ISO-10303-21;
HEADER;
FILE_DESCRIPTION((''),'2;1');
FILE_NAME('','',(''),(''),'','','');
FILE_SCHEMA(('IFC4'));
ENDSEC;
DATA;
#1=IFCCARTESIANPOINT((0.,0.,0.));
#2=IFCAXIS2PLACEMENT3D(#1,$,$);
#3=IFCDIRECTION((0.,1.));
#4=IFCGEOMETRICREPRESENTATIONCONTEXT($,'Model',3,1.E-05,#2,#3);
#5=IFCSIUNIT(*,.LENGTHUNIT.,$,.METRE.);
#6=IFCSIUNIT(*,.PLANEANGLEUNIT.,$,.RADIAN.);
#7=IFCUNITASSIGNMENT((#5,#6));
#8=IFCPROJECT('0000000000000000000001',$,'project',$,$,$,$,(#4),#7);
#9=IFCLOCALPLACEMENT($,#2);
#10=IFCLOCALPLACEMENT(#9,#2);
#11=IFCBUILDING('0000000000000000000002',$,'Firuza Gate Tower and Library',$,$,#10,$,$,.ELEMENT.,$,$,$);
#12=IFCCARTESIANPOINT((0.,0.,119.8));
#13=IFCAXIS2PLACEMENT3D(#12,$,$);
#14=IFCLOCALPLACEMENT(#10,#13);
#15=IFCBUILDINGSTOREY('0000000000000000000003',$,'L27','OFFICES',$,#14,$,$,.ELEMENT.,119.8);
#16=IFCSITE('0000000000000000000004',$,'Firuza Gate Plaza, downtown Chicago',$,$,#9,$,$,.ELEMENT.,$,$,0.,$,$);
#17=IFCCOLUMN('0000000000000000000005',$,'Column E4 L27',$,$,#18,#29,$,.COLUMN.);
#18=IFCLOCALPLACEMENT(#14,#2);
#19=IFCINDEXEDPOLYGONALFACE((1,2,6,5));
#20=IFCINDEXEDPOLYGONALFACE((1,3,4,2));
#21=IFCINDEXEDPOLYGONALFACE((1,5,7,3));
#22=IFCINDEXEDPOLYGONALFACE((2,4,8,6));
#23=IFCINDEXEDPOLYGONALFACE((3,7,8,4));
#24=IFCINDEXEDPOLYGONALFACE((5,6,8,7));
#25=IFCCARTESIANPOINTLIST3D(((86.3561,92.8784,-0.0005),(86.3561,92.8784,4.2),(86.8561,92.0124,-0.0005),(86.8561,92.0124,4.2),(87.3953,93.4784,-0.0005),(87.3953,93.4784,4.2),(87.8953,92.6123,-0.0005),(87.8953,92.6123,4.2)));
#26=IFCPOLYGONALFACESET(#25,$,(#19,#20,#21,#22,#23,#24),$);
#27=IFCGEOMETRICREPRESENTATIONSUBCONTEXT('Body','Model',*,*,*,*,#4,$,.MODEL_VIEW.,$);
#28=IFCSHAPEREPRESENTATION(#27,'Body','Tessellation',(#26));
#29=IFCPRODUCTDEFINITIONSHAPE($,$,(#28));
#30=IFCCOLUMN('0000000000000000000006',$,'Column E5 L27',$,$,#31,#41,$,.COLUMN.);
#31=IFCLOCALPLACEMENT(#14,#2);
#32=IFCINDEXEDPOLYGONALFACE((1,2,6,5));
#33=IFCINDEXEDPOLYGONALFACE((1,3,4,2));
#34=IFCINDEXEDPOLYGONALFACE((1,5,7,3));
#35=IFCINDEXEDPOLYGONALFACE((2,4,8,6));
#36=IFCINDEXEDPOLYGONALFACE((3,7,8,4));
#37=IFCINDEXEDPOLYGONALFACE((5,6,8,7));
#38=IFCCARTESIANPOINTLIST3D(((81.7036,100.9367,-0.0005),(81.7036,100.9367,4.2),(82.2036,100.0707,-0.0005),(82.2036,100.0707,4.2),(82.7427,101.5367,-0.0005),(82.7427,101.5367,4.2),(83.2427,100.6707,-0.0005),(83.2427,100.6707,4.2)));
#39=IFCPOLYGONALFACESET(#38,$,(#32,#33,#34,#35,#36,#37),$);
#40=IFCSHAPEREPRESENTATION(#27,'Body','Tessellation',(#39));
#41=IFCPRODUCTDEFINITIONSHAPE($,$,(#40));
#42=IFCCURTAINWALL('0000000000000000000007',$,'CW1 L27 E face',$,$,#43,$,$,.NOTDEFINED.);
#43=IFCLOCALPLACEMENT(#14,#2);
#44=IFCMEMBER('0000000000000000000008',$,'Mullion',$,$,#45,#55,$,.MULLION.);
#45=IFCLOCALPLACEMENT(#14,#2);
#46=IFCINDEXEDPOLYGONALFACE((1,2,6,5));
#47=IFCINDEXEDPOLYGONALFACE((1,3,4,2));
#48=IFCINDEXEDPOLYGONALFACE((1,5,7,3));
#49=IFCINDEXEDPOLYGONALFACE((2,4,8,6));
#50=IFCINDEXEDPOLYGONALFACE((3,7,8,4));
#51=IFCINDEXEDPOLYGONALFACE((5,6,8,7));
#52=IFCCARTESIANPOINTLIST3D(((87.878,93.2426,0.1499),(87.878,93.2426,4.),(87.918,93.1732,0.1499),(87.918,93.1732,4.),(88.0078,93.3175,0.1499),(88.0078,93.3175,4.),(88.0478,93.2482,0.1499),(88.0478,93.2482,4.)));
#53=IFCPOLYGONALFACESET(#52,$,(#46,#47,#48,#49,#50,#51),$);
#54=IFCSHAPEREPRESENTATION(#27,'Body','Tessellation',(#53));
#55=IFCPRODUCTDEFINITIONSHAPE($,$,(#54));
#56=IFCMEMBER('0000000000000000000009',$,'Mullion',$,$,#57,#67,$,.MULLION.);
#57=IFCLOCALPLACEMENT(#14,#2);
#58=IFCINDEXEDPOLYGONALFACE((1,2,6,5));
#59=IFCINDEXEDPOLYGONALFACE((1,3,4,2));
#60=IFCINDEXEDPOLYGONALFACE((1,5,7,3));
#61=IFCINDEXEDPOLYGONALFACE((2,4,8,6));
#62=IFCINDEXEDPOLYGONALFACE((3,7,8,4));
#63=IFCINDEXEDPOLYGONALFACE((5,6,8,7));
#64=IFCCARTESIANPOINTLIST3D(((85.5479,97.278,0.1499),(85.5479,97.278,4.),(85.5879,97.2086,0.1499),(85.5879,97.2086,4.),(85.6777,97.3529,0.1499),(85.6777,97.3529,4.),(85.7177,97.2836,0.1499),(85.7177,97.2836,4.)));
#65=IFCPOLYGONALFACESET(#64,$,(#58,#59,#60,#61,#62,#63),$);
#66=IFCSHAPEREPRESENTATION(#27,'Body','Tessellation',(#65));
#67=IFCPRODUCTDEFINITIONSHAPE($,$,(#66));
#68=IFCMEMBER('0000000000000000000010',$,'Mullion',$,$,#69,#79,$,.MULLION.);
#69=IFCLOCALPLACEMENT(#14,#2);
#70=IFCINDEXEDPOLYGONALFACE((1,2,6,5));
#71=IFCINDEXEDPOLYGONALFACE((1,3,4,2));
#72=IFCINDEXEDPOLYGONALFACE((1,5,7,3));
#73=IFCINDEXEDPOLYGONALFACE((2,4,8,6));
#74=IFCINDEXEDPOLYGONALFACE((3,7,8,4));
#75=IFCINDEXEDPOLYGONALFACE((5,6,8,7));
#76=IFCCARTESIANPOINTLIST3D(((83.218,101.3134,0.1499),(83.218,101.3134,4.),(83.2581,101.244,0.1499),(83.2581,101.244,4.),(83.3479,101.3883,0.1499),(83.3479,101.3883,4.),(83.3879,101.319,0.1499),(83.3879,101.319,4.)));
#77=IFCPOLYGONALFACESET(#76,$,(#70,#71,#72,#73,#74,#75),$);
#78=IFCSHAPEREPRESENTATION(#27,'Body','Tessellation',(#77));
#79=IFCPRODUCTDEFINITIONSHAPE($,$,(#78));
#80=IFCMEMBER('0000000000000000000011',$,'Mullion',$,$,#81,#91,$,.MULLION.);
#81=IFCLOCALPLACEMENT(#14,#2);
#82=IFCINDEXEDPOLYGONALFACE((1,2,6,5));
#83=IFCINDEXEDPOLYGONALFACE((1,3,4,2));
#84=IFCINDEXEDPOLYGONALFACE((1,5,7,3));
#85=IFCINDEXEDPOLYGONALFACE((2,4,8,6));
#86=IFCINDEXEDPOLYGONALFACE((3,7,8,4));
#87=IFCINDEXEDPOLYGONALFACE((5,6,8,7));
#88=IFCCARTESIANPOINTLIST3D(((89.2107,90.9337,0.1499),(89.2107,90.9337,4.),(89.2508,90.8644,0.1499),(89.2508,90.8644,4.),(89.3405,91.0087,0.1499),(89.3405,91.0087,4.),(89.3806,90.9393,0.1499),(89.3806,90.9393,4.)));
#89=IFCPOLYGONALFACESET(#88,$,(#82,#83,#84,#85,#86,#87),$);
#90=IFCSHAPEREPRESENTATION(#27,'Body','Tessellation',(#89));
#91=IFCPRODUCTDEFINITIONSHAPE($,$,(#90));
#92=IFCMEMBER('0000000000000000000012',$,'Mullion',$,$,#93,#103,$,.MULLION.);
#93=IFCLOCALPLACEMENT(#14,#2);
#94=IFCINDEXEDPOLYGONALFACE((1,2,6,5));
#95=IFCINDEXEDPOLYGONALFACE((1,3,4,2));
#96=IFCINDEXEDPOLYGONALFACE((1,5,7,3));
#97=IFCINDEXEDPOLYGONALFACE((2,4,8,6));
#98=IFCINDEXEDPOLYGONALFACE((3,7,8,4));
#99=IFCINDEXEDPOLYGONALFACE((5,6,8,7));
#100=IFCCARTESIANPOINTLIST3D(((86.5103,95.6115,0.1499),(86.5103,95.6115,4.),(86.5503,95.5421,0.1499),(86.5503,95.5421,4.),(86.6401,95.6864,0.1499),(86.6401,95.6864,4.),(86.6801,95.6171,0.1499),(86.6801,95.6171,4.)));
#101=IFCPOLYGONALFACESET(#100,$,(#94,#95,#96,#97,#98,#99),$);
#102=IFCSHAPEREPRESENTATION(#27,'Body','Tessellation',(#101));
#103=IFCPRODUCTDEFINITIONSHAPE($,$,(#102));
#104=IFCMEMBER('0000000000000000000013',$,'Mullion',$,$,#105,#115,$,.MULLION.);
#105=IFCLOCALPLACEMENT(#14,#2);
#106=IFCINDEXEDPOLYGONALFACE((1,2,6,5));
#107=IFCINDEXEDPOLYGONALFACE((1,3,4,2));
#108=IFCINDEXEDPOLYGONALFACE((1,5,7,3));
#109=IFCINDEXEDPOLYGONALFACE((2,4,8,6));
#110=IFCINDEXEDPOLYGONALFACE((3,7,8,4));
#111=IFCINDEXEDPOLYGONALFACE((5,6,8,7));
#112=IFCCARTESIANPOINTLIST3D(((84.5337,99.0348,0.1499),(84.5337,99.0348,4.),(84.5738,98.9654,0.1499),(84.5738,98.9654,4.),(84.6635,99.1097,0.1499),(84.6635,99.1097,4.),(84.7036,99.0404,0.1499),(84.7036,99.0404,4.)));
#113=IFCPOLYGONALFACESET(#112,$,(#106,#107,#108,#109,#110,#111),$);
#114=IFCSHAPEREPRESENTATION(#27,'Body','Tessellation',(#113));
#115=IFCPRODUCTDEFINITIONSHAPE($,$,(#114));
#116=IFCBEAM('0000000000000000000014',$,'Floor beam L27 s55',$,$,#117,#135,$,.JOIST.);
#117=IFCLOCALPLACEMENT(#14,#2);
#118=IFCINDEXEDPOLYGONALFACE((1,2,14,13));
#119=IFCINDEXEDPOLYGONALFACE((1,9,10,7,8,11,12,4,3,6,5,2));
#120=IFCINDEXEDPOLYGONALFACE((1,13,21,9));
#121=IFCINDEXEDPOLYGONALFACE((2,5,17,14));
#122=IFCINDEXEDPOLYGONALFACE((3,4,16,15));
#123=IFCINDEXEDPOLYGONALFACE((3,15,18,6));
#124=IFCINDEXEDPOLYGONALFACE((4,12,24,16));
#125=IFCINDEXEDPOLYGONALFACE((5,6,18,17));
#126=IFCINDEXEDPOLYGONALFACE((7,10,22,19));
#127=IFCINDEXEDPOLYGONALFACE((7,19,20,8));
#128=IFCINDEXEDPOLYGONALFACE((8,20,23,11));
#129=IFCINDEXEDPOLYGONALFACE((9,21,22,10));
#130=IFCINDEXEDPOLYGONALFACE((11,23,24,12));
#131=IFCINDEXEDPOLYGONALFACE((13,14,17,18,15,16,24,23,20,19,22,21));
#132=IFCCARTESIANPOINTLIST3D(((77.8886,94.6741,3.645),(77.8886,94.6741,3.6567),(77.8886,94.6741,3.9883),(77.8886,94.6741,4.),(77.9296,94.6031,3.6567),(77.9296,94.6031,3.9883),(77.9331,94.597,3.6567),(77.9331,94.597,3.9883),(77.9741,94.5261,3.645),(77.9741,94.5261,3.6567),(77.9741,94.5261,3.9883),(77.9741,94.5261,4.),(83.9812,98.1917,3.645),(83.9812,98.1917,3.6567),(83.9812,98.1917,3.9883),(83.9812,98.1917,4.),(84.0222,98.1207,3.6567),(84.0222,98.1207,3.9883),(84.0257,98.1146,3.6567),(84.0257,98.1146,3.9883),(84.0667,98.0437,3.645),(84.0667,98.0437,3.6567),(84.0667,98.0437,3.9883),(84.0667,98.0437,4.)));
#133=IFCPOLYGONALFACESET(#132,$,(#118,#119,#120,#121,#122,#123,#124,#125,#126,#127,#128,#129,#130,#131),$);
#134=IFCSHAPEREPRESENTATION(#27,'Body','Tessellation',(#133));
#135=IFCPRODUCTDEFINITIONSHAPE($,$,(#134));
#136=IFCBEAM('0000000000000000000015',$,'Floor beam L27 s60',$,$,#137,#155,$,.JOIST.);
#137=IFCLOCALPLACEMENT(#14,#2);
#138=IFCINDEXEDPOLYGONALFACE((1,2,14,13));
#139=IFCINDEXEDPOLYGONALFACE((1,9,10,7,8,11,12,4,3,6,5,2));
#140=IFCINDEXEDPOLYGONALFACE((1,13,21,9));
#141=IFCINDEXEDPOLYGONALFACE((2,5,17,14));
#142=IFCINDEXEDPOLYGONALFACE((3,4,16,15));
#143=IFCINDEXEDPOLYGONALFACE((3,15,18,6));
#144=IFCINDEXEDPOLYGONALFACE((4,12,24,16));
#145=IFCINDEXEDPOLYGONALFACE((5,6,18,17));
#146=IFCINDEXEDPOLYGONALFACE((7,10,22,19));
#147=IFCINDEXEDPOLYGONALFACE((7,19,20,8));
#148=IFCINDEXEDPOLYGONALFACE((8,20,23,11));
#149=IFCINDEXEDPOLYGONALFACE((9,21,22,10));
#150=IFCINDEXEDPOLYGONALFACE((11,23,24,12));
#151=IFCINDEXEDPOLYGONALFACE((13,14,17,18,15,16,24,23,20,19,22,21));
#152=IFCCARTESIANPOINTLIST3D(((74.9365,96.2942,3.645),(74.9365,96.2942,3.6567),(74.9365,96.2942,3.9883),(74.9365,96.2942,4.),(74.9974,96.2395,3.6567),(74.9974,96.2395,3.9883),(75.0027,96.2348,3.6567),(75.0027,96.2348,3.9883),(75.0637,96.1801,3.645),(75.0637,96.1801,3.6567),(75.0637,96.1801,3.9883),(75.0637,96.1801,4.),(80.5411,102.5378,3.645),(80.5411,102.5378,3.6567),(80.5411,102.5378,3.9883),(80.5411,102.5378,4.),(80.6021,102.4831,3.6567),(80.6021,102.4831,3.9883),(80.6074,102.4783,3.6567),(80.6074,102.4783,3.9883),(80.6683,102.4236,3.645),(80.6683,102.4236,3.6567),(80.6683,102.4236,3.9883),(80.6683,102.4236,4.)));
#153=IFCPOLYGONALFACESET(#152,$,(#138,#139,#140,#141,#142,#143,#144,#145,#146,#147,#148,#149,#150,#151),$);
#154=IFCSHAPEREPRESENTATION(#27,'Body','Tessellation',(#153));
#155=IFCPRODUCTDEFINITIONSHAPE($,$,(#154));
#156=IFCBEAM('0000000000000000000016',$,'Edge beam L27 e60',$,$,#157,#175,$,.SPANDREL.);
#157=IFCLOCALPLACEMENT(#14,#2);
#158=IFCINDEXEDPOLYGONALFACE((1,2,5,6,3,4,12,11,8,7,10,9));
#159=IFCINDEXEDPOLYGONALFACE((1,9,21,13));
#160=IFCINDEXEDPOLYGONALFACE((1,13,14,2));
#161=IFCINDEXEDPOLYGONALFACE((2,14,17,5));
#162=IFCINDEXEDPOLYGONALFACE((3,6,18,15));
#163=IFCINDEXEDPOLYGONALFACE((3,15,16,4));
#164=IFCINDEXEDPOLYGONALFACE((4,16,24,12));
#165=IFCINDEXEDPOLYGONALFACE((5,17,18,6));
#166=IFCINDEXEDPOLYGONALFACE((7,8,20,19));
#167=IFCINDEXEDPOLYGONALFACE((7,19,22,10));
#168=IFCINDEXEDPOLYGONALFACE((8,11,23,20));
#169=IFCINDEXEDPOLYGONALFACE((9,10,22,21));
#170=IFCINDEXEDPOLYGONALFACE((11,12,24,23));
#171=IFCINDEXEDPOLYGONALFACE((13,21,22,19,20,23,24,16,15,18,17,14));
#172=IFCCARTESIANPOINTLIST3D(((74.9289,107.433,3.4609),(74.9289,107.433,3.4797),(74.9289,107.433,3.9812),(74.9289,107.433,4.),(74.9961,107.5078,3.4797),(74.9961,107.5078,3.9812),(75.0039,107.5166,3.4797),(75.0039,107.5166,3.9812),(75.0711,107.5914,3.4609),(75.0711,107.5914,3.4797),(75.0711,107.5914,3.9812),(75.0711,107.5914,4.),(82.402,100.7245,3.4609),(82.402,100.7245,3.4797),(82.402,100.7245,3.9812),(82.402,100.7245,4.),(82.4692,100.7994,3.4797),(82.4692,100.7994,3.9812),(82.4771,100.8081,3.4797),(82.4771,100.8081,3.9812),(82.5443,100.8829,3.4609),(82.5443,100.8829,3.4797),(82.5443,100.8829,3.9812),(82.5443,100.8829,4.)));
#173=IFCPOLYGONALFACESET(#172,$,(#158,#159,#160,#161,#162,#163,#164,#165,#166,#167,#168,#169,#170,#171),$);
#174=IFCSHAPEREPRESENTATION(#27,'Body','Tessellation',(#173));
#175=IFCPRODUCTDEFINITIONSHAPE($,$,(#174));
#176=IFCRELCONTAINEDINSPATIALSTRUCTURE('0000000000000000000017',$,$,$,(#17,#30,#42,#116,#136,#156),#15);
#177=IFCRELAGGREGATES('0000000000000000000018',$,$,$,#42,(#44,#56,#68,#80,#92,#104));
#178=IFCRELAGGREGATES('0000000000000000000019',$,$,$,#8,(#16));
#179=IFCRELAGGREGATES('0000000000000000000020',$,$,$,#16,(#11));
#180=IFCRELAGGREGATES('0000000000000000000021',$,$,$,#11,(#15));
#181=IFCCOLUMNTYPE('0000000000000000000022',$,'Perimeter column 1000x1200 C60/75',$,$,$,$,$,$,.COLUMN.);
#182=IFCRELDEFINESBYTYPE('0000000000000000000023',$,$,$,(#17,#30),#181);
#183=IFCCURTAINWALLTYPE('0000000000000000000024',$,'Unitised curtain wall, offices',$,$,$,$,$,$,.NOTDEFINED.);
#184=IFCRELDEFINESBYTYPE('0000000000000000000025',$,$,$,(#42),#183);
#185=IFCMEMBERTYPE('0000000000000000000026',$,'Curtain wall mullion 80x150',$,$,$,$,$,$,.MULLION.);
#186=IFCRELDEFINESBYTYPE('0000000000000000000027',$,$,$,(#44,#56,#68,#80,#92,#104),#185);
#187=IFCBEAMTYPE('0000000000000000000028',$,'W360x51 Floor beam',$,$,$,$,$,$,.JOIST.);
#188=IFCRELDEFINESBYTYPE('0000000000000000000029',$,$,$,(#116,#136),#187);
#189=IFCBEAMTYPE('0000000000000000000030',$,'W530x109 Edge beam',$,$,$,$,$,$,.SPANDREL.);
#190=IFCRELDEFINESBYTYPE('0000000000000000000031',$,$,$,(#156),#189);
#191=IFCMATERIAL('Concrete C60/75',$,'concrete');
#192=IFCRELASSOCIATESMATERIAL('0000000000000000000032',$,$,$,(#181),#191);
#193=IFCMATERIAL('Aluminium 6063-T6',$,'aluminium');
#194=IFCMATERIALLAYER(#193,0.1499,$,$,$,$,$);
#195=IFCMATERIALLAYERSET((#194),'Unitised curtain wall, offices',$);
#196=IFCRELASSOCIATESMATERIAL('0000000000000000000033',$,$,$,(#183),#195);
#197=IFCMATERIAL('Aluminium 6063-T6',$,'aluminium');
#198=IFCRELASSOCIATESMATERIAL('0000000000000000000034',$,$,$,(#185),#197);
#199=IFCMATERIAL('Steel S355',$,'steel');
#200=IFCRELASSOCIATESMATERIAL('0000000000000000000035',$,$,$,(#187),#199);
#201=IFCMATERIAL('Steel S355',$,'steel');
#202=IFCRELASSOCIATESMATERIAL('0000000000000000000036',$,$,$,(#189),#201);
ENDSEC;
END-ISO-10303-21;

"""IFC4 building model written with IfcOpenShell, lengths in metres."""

from ifc_helpers import new_model, si_unit, direction, frame, origin, origin_2d, place, context, subcontext, project, spatial, rectangle, i_section, extrude, material, layer, layer_set, material_profile, profile_set, type_object, element, aggregate, save


model = new_model("IFC4")

# Units and contexts
model_context = context("Model", 3, precision=1e-05, world=origin(), true_north=direction((0.0, 1.0)))
body_context = subcontext(model_context, "Body", "Model", "MODEL_VIEW")
ifc_project = project(units=[si_unit("LENGTHUNIT", "METRE"), si_unit("PLANEANGLEUNIT", "RADIAN")], contexts=[model_context])

# Site, building, storey
site_placement = place(None, origin())
site = spatial("IfcSite", under=ifc_project, at=site_placement, Name="Firuza Gate Plaza, downtown Chicago", CompositionType="ELEMENT", RefElevation=0.0)
building_placement = place(site_placement, origin())
building = spatial("IfcBuilding", under=site, at=building_placement, Name="Firuza Gate Tower and Library", CompositionType="ELEMENT")
storey_placement = place(building_placement, frame((0.0, 0.0, 119.8)))
storey = spatial("IfcBuildingStorey", under=building, at=storey_placement, Name="L27", Description="OFFICES", CompositionType="ELEMENT", Elevation=119.8)

# Columns
ifc_material_1 = material(Name="Concrete C60/75", Category="concrete")
ifc_material_profile_1 = material_profile(ifc_material_1, rectangle(XDim=1.0, YDim=1.2, at=origin_2d()))
ifc_profile_set_1 = profile_set([ifc_material_profile_1], Name="Concrete C60/75")
column_type = type_object("IfcColumnType", Name="Perimeter column 1000x1200 C60/75", PredefinedType="COLUMN", material=ifc_profile_set_1)
for number, where, z_axis, x_axis, name in (
    (1, (87.1257, 92.7454, -0.0005), (0.0, 0.0, 1.0), (-0.5, 0.866025, 0.0), "Column E4 L27"),
    (2, (82.4731, 100.8037, -0.0005), (0.0, 0.0, 1.0), (-0.5, 0.866025, 0.0), "Column E5 L27"),
):
    element("IfcColumn", number, at=place(storey_placement, frame(where, z_axis=z_axis, x_axis=x_axis)), inside=storey, type_object=column_type, Name=name, PredefinedType="COLUMN", context=body_context, shape_type="SweptSolid", body=[
        extrude(rectangle(XDim=1.0, YDim=1.2, at=origin_2d()), origin(), (0.0, 0.0, 1.0), 4.2004),
    ])

# Curtain wall, members
ifc_material_2 = material(Name="Aluminium 6063-T6", Category="aluminium")
ifc_layer_1 = layer(ifc_material_2, 0.1499)
ifc_layer_set_1 = layer_set([ifc_layer_1], Name="Unitised curtain wall, offices")
curtain_wall_type = type_object("IfcCurtainWallType", Name="Unitised curtain wall, offices", PredefinedType="NOTDEFINED", material=ifc_layer_set_1)
curtain_wall_placement = place(storey_placement, origin())
curtain_wall = element("IfcCurtainWall", 3, at=curtain_wall_placement, inside=storey, type_object=curtain_wall_type, Name="CW1 L27 E face", PredefinedType="NOTDEFINED")
ifc_material_3 = material(Name="Aluminium 6063-T6", Category="aluminium")
ifc_material_profile_2 = material_profile(ifc_material_3, rectangle(XDim=0.1499, YDim=0.0801, at=origin_2d()))
ifc_profile_set_2 = profile_set([ifc_material_profile_2], Name="Aluminium 6063-T6")
member_type = type_object("IfcMemberType", Name="Curtain wall mullion 80x150", PredefinedType="MULLION", material=ifc_profile_set_2)
member_1_placement = place(storey_placement, frame((87.9629, 93.2454, 0.1499), z_axis=(0.0, 0.0, 1.0), x_axis=(-0.866025, -0.5, 0.0)))
member_1 = element("IfcMember", 4, at=member_1_placement, type_object=member_type, Name="Mullion", PredefinedType="MULLION", context=body_context, shape_type="SweptSolid", body=[
    extrude(rectangle(XDim=0.1499, YDim=0.0801, at=origin_2d()), origin(), (0.0, 0.0, 1.0), 3.8501),
])
member_2_placement = place(storey_placement, frame((85.6328, 97.2808, 0.1499), z_axis=(0.0, 0.0, 1.0), x_axis=(-0.866025, -0.5, 0.0)))
member_2 = element("IfcMember", 5, at=member_2_placement, type_object=member_type, Name="Mullion", PredefinedType="MULLION", context=body_context, shape_type="SweptSolid", body=[
    extrude(rectangle(XDim=0.1499, YDim=0.0801, at=origin_2d()), origin(), (0.0, 0.0, 1.0), 3.8501),
])
member_3_placement = place(storey_placement, frame((83.303, 101.3162, 0.1499), z_axis=(0.0, 0.0, 1.0), x_axis=(-0.866025, -0.5, 0.0)))
member_3 = element("IfcMember", 6, at=member_3_placement, type_object=member_type, Name="Mullion", PredefinedType="MULLION", context=body_context, shape_type="SweptSolid", body=[
    extrude(rectangle(XDim=0.1499, YDim=0.0801, at=origin_2d()), origin(), (0.0, 0.0, 1.0), 3.8501),
])
member_4_placement = place(storey_placement, frame((89.2957, 90.9365, 0.1499), z_axis=(0.0, 0.0, 1.0), x_axis=(-0.866025, -0.5, 0.0)))
member_4 = element("IfcMember", 7, at=member_4_placement, type_object=member_type, Name="Mullion", PredefinedType="MULLION", context=body_context, shape_type="SweptSolid", body=[
    extrude(rectangle(XDim=0.1499, YDim=0.0801, at=origin_2d()), origin(), (0.0, 0.0, 1.0), 3.8501),
])
member_5_placement = place(storey_placement, frame((86.5952, 95.6143, 0.1499), z_axis=(0.0, 0.0, 1.0), x_axis=(-0.866025, -0.5, 0.0)))
member_5 = element("IfcMember", 8, at=member_5_placement, type_object=member_type, Name="Mullion", PredefinedType="MULLION", context=body_context, shape_type="SweptSolid", body=[
    extrude(rectangle(XDim=0.1499, YDim=0.0801, at=origin_2d()), origin(), (0.0, 0.0, 1.0), 3.8501),
])
member_6_placement = place(storey_placement, frame((84.6187, 99.0376, 0.1499), z_axis=(0.0, 0.0, 1.0), x_axis=(-0.866025, -0.5, 0.0)))
member_6 = element("IfcMember", 9, at=member_6_placement, type_object=member_type, Name="Mullion", PredefinedType="MULLION", context=body_context, shape_type="SweptSolid", body=[
    extrude(rectangle(XDim=0.1499, YDim=0.0801, at=origin_2d()), origin(), (0.0, 0.0, 1.0), 3.8501),
])

# Beams
ifc_material_4 = material(Name="Steel S355", Category="steel")
ifc_material_profile_3 = material_profile(ifc_material_4, i_section(OverallWidth=0.1709, OverallDepth=0.355, WebThickness=0.0071, FlangeThickness=0.0117, at=origin_2d()))
ifc_profile_set_3 = profile_set([ifc_material_profile_3], Name="Steel S355")
beam_type_1 = type_object("IfcBeamType", Name="W360x51 Floor beam", PredefinedType="JOIST", material=ifc_profile_set_3)
beam_1_placement = place(storey_placement, frame((84.0239, 98.1177, 3.8225), z_axis=(-0.866022, -0.500006, 0.0), x_axis=(0.500006, -0.866022, 0.0)))
element("IfcBeam", 10, at=beam_1_placement, inside=storey, type_object=beam_type_1, Name="Floor beam L27 s55", PredefinedType="JOIST", context=body_context, shape_type="SweptSolid", body=[
    extrude(i_section(OverallWidth=0.1709, OverallDepth=0.355, WebThickness=0.0071, FlangeThickness=0.0117, at=origin_2d()), origin(), (0.0, 0.0, 1.0), 7.0352),
])
beam_2_placement = place(storey_placement, frame((80.6047, 102.4807, 3.8225), z_axis=(-0.668006, -0.744156, 0.0), x_axis=(0.744156, -0.668006, 0.0)))
element("IfcBeam", 11, at=beam_2_placement, inside=storey, type_object=beam_type_1, Name="Floor beam L27 s60", PredefinedType="JOIST", context=body_context, shape_type="SweptSolid", body=[
    extrude(i_section(OverallWidth=0.1709, OverallDepth=0.355, WebThickness=0.0071, FlangeThickness=0.0117, at=origin_2d()), origin(), (0.0, 0.0, 1.0), 8.3901),
])
ifc_material_5 = material(Name="Steel S355", Category="steel")
ifc_material_profile_4 = material_profile(ifc_material_5, i_section(OverallWidth=0.2129, OverallDepth=0.5391, WebThickness=0.0117, FlangeThickness=0.0188, at=origin_2d()))
ifc_profile_set_4 = profile_set([ifc_material_profile_4], Name="Steel S355")
beam_type_2 = type_object("IfcBeamType", Name="W530x109 Edge beam", PredefinedType="SPANDREL", material=ifc_profile_set_4)
beam_3_placement = place(storey_placement, frame((82.4731, 100.8037, 3.7305), z_axis=(-0.744152, 0.668011, 0.0), x_axis=(-0.668011, -0.744152, 0.0)))
element("IfcBeam", 12, at=beam_3_placement, inside=storey, type_object=beam_type_2, Name="Edge beam L27 e60", PredefinedType="SPANDREL", context=body_context, shape_type="SweptSolid", body=[
    extrude(i_section(OverallWidth=0.2129, OverallDepth=0.5391, WebThickness=0.0117, FlangeThickness=0.0188, at=origin_2d()), origin(), (0.0, 0.0, 1.0), 10.0425),
])

aggregate(curtain_wall, [member_1, member_2, member_3, member_4, member_5, member_6])

save(model, "model.ifc")
